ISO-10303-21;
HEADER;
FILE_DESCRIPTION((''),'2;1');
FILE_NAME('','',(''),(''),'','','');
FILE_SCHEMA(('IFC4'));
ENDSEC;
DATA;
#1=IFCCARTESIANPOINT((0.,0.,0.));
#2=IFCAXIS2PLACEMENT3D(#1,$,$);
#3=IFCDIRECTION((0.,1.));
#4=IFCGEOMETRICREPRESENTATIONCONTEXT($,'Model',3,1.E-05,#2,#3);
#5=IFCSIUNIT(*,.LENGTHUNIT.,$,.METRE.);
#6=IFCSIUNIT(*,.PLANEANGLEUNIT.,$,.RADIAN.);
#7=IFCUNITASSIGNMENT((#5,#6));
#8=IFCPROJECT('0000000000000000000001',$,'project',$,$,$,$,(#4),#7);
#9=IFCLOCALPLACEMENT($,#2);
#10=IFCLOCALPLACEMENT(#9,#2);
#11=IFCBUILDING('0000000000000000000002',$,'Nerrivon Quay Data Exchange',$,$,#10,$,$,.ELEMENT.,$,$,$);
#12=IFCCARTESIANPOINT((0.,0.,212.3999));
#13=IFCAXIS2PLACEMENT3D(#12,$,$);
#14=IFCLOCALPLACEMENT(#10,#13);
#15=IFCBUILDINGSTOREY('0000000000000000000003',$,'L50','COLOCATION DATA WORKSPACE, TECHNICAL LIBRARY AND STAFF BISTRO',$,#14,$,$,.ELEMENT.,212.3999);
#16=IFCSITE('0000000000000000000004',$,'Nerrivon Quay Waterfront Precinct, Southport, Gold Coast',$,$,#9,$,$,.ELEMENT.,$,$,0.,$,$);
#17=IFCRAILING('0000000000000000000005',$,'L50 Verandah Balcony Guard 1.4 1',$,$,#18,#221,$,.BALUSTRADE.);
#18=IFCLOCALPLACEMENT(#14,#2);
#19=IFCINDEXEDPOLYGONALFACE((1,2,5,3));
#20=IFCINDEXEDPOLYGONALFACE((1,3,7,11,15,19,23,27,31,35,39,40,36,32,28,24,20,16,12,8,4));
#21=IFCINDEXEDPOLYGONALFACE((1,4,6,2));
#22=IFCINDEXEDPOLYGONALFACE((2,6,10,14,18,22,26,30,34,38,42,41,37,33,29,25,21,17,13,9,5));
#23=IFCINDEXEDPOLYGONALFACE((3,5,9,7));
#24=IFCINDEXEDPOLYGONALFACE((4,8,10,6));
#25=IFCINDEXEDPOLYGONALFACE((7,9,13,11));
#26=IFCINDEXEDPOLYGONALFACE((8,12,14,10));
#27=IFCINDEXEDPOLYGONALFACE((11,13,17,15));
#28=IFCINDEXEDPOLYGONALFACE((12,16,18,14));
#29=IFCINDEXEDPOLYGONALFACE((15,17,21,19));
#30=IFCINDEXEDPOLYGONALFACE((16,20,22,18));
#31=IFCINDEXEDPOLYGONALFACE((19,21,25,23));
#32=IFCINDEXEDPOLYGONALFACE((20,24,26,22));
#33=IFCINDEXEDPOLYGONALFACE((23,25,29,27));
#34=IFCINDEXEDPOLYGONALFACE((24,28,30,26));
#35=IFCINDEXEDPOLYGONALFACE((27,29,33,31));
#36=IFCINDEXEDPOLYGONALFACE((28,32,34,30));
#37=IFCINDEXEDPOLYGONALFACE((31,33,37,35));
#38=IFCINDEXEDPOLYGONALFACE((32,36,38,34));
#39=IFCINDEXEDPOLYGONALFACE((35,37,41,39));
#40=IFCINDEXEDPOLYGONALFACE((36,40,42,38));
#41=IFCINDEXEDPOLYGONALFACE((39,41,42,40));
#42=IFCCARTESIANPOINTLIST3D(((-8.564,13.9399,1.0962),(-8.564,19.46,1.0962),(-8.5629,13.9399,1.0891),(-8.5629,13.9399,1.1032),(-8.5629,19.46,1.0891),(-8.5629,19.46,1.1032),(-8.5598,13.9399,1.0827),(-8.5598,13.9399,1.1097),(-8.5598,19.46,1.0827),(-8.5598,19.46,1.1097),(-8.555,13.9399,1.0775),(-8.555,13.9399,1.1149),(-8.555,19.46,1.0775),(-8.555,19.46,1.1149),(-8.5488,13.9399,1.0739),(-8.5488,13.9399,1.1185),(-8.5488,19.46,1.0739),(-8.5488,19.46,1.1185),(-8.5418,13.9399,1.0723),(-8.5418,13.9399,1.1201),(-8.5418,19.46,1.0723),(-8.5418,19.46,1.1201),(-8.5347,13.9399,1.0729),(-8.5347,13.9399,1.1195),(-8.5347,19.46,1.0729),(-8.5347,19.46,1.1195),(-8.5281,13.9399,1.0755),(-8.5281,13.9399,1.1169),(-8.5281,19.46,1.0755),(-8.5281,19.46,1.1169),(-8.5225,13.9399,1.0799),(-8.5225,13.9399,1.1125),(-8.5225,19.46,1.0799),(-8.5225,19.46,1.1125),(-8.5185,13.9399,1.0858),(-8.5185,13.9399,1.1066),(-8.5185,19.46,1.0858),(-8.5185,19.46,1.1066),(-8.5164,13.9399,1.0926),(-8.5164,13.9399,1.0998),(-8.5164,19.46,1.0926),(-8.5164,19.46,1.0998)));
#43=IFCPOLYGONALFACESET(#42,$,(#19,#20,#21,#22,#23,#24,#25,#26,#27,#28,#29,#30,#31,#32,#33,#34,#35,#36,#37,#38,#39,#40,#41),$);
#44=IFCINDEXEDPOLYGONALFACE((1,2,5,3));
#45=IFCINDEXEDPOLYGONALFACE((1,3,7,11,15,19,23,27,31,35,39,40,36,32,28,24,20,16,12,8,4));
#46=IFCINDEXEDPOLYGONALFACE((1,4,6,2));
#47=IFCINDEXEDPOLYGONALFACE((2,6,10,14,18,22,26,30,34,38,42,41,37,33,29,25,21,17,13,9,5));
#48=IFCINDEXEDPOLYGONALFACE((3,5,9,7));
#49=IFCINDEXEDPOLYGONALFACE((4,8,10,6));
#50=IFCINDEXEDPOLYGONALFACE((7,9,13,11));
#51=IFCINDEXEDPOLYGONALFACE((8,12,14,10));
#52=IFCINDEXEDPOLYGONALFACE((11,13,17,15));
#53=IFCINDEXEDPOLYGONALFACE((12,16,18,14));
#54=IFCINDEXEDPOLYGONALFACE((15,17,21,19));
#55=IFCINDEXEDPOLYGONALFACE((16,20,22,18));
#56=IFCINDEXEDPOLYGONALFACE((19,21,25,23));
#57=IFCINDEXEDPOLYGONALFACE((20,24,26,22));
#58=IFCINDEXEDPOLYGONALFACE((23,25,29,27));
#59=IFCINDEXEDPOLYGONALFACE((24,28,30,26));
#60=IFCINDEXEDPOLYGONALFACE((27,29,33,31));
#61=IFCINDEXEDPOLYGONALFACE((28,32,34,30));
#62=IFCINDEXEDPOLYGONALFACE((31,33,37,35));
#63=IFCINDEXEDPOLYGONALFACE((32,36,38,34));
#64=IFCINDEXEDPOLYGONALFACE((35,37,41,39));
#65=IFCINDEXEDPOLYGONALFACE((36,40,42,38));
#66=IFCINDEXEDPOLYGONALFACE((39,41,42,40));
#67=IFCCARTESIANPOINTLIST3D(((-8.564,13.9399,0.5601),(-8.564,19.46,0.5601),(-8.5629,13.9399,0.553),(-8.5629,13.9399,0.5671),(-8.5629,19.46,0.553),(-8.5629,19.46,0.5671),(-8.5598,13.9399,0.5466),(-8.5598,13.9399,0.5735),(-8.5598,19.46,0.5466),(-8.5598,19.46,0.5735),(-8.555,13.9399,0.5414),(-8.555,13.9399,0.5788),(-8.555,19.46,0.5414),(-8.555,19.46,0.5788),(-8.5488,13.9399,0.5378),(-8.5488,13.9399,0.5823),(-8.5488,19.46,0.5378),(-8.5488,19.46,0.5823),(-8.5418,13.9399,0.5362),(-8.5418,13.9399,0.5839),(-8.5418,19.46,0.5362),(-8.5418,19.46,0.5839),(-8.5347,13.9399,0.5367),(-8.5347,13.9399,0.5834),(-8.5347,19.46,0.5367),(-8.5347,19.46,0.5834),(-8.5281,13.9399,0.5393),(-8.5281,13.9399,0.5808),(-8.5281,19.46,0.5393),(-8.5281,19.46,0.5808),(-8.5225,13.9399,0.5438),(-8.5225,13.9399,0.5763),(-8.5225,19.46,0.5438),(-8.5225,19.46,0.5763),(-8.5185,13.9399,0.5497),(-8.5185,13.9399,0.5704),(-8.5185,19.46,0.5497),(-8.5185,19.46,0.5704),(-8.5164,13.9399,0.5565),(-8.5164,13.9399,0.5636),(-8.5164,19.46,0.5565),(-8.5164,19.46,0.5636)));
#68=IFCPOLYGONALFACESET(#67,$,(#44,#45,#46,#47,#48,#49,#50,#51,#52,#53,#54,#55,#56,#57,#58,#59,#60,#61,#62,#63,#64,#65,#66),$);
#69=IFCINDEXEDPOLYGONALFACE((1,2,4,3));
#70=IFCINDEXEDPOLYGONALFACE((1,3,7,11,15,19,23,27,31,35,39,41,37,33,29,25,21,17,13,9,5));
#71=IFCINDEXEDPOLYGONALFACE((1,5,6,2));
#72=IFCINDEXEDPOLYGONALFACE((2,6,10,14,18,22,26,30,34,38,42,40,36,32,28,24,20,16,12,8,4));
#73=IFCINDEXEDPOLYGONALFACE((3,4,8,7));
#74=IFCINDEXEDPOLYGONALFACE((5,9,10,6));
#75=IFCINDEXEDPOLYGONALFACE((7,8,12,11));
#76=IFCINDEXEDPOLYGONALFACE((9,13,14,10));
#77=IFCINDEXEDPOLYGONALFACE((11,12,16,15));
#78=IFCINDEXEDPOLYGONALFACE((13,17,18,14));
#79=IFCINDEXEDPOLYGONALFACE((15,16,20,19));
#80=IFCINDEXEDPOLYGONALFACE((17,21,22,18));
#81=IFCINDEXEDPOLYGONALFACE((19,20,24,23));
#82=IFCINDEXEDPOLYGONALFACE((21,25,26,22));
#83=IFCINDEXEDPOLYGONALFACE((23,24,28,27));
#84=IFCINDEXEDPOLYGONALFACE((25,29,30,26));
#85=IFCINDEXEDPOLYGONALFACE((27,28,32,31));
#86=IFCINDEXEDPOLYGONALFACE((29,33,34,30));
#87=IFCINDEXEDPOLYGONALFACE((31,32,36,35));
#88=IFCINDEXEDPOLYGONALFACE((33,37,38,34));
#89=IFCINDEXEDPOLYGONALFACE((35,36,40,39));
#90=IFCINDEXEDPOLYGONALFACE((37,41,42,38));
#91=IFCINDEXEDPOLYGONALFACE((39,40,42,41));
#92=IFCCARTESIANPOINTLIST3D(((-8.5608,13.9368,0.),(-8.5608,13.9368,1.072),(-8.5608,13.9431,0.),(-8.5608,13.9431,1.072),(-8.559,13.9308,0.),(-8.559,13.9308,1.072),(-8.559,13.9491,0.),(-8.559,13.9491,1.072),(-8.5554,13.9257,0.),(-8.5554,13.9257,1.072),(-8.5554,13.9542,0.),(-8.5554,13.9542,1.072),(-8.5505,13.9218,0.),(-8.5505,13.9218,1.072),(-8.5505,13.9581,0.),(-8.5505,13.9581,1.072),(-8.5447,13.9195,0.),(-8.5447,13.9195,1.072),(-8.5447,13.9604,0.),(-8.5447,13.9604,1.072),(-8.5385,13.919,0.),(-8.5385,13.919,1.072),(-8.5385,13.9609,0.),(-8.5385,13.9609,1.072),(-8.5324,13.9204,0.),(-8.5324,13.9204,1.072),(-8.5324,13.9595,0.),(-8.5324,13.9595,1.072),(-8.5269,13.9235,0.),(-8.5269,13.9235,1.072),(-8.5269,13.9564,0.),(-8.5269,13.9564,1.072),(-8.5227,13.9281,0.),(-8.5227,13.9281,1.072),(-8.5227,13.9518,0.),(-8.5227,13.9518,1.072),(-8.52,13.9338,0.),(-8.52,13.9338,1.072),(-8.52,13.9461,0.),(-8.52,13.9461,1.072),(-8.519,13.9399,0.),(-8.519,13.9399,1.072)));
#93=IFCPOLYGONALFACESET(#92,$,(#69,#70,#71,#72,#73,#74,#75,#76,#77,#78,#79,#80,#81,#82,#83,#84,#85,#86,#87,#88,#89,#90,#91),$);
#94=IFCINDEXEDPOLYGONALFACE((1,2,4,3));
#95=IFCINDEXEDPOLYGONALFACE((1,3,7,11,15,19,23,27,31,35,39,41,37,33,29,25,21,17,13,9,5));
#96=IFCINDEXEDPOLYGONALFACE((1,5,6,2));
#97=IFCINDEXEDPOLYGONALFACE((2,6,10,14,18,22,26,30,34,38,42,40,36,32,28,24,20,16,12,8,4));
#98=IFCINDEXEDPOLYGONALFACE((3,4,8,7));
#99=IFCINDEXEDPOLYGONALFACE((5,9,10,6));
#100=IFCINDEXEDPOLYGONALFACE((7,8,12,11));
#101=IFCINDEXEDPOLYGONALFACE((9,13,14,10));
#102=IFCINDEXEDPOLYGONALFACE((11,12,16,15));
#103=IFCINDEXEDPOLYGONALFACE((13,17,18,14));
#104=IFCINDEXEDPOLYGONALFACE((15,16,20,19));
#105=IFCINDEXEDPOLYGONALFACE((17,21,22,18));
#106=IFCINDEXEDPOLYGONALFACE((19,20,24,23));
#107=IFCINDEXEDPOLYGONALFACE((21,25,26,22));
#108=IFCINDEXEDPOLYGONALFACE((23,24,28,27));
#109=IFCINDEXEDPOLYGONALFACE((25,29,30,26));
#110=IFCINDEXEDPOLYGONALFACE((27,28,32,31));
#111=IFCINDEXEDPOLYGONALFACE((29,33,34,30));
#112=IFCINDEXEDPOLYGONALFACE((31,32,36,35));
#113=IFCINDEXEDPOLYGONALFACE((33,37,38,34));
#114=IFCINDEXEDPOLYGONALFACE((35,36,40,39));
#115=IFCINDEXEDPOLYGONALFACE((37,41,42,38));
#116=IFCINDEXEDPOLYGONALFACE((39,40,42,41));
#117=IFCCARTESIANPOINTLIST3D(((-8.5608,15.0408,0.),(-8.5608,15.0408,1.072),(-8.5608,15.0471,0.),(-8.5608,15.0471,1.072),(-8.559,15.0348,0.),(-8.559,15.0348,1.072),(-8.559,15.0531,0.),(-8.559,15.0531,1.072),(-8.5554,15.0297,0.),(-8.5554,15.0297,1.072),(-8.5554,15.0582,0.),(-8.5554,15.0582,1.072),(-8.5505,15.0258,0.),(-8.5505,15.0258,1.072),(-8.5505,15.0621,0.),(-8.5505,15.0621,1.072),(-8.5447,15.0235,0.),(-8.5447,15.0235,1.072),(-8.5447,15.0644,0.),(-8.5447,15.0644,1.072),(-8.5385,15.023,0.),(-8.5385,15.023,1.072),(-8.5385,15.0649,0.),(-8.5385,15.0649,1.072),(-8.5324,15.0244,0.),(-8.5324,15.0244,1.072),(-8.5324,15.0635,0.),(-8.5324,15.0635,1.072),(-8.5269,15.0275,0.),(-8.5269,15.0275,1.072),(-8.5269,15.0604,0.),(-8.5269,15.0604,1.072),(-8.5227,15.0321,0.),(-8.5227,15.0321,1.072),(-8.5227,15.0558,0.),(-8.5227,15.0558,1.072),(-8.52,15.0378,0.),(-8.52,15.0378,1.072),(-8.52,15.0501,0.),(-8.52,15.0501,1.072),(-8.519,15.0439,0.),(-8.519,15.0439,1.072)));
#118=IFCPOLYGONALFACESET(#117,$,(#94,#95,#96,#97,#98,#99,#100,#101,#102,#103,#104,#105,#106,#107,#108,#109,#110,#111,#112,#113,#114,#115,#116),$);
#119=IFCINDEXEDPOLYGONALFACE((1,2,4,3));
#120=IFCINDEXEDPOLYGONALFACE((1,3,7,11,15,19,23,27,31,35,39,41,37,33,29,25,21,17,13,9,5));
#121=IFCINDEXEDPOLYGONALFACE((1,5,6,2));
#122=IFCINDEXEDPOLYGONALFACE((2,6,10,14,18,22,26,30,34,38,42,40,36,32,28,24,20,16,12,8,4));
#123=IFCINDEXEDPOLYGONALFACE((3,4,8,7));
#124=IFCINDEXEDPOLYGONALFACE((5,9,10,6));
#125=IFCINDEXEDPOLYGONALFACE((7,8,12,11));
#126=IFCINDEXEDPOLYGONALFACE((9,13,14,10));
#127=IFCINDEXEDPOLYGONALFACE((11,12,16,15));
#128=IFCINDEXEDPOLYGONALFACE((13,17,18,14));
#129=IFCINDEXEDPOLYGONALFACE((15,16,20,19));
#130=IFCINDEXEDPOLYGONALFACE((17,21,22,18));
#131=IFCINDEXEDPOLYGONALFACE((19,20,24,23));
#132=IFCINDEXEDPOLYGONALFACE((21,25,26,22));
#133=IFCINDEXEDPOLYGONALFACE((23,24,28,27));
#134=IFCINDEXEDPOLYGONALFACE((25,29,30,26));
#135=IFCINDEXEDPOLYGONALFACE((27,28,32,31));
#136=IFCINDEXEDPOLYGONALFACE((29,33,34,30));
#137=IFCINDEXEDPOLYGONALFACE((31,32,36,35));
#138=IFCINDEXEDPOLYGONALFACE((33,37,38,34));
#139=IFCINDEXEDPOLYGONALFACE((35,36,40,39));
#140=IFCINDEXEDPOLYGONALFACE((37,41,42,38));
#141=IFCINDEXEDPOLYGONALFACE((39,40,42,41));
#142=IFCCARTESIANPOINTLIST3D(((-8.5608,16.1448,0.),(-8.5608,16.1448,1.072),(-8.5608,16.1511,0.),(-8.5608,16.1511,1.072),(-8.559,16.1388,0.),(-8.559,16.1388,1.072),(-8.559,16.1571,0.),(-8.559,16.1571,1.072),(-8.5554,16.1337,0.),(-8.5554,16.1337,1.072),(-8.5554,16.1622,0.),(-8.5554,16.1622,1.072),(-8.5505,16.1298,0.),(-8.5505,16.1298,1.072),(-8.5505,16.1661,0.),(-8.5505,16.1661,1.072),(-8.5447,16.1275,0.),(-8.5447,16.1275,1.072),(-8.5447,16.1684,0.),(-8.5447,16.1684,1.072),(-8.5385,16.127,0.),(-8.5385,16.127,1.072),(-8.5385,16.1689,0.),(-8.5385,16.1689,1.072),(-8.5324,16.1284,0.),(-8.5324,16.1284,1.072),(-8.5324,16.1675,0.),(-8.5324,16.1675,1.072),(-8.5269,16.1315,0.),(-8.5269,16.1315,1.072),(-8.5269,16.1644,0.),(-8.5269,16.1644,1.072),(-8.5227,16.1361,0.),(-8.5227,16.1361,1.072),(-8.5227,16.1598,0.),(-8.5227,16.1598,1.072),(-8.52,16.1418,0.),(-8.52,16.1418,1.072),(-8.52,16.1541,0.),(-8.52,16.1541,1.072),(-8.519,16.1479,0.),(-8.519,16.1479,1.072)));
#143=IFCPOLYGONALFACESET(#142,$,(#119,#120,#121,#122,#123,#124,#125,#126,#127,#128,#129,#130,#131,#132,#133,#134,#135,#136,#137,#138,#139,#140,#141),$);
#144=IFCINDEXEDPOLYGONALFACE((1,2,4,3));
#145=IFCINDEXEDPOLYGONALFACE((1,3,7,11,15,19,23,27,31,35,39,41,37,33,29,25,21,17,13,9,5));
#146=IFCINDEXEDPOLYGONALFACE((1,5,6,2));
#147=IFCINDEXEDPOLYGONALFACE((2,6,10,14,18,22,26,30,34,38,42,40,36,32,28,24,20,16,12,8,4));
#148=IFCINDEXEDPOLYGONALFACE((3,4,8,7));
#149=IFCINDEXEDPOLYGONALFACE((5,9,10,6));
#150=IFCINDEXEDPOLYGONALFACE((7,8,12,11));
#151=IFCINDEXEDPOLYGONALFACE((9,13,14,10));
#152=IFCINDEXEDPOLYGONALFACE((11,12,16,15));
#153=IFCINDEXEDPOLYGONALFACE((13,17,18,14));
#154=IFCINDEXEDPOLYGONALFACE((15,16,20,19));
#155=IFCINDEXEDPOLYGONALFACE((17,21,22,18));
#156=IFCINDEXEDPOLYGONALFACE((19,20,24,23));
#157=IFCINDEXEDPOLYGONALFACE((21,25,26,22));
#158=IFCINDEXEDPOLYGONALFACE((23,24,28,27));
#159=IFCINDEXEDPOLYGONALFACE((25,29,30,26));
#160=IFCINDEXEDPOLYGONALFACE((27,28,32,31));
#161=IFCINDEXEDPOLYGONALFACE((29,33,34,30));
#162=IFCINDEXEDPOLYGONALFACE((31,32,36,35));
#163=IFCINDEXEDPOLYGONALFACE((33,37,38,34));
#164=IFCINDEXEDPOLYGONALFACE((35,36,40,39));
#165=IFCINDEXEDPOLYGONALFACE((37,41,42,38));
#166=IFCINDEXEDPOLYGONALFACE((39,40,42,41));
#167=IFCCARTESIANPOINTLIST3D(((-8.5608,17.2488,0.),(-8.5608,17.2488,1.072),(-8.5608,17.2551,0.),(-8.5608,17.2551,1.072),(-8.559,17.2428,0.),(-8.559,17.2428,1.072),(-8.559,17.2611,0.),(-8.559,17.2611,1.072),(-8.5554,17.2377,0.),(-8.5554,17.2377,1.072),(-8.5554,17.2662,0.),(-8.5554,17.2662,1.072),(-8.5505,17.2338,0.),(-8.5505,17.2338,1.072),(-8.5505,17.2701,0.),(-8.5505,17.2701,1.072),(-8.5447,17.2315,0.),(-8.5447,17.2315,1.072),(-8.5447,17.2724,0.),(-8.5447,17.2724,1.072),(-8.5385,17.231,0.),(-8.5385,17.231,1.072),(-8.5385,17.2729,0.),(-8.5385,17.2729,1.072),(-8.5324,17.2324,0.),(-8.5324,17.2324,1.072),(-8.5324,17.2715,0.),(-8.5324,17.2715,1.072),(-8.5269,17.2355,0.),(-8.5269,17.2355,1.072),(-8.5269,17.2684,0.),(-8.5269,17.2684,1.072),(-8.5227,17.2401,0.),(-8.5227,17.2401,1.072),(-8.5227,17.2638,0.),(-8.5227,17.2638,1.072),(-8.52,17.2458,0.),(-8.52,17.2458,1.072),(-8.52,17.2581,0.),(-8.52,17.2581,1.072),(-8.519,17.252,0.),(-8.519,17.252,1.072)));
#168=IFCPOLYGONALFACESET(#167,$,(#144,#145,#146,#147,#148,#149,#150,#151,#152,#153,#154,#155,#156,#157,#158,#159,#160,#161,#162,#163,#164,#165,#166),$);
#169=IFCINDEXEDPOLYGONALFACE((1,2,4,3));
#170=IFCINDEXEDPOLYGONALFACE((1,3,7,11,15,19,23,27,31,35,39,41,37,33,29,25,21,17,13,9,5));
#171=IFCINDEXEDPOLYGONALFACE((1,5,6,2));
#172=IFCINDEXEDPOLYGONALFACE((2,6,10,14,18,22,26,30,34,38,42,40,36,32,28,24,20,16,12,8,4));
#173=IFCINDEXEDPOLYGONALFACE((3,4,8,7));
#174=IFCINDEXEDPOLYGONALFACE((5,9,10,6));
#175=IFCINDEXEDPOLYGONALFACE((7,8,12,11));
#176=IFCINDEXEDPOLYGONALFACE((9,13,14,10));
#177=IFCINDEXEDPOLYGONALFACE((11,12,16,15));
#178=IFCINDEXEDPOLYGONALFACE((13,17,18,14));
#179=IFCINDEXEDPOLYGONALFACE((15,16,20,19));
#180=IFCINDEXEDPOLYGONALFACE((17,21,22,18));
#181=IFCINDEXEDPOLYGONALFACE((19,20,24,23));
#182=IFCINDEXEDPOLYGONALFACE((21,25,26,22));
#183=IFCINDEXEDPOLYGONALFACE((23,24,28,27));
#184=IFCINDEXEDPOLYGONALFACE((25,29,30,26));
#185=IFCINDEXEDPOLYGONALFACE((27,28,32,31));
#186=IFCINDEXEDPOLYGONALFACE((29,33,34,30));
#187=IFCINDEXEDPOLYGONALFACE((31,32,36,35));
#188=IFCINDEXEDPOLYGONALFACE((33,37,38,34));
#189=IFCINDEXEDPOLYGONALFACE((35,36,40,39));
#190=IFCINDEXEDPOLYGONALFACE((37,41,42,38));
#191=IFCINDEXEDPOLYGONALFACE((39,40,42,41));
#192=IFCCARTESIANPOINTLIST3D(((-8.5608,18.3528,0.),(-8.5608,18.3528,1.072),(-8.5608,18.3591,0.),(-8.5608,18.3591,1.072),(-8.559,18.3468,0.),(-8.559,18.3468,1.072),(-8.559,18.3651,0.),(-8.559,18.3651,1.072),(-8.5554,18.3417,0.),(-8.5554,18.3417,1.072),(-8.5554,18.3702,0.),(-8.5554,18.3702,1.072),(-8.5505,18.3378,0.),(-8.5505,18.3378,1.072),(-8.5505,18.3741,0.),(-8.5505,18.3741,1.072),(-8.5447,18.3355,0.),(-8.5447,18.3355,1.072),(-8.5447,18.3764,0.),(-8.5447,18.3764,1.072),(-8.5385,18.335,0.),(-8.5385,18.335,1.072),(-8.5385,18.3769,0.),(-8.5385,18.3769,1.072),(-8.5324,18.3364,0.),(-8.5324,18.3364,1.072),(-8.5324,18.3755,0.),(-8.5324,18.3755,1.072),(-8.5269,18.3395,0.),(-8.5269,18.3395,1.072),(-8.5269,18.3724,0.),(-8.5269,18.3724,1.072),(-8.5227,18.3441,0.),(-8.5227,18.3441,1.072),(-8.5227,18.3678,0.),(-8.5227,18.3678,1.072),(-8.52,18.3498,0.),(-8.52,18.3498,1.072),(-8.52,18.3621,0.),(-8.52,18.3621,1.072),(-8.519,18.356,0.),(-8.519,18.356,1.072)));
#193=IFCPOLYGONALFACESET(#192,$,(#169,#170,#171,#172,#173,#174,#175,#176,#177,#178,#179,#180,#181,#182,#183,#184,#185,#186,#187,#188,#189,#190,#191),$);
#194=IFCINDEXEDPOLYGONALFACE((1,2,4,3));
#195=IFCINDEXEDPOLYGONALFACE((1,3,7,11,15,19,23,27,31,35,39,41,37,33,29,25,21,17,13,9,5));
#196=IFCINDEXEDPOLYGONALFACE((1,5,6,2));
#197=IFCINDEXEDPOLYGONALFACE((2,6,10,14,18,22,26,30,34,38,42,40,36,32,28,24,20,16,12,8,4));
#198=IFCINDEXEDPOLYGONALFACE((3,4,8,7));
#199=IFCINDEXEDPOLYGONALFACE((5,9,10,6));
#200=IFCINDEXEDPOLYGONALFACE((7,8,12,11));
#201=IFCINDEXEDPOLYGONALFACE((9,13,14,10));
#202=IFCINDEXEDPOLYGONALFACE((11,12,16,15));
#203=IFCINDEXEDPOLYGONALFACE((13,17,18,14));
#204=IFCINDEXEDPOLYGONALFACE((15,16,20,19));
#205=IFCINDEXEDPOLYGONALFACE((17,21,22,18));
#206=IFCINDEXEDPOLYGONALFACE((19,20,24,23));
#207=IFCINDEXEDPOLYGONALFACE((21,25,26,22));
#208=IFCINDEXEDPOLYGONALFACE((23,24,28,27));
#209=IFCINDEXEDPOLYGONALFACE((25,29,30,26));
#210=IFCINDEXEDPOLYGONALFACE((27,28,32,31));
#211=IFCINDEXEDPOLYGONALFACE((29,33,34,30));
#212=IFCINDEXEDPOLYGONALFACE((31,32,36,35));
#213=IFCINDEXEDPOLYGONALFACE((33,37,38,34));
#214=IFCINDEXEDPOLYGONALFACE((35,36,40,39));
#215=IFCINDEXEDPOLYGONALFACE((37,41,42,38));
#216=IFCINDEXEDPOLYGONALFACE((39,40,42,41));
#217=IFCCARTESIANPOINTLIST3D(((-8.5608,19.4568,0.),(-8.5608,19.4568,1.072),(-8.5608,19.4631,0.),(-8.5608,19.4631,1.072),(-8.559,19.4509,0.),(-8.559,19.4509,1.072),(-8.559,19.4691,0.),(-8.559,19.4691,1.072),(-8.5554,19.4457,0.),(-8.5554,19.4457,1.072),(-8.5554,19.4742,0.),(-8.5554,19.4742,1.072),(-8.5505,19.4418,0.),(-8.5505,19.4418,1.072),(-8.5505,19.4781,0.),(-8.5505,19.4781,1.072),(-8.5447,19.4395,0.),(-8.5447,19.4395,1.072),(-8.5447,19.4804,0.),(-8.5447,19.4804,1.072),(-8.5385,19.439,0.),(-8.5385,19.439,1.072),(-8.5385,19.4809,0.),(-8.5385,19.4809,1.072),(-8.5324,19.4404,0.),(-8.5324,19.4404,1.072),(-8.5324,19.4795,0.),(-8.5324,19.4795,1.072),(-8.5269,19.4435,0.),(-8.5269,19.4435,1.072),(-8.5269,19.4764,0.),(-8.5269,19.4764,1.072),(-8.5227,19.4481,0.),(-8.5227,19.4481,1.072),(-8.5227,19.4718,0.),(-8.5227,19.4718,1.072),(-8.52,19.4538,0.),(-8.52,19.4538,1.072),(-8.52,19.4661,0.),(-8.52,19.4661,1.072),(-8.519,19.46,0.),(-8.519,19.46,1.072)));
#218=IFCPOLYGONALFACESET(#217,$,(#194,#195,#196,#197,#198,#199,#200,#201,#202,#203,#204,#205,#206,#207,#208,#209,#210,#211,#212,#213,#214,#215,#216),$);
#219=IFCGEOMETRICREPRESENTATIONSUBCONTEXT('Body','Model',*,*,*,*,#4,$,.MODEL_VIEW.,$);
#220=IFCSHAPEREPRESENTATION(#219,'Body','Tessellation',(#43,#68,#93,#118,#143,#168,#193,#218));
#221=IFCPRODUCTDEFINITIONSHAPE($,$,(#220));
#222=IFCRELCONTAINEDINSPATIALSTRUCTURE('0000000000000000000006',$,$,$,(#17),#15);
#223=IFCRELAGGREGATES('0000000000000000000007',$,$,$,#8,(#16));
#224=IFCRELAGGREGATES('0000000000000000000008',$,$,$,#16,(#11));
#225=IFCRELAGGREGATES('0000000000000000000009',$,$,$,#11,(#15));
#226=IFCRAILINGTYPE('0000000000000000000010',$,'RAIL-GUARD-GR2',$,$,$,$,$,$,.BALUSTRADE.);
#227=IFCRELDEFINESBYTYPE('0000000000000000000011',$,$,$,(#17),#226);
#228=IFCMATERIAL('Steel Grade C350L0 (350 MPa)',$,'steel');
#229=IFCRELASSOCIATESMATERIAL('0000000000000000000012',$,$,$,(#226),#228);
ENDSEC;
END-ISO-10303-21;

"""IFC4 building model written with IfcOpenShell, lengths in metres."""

from ifc_helpers import new_model, si_unit, direction, frame, origin, origin_2d, place, context, subcontext, project, spatial, circle, extrude, material, type_object, element, save


model = new_model("IFC4")

# Units and contexts
model_context = context("Model", 3, precision=1e-05, world=origin(), true_north=direction((0.0, 1.0)))
body_context = subcontext(model_context, "Body", "Model", "MODEL_VIEW")
ifc_project = project(units=[si_unit("LENGTHUNIT", "METRE"), si_unit("PLANEANGLEUNIT", "RADIAN")], contexts=[model_context])

# Site, building, storey
site_placement = place(None, origin())
site = spatial("IfcSite", under=ifc_project, at=site_placement, Name="Nerrivon Quay Waterfront Precinct, Southport, Gold Coast", CompositionType="ELEMENT", RefElevation=0.0)
building_placement = place(site_placement, origin())
building = spatial("IfcBuilding", under=site, at=building_placement, Name="Nerrivon Quay Data Exchange", CompositionType="ELEMENT")
storey_placement = place(building_placement, frame((0.0, 0.0, 212.3999)))
storey = spatial("IfcBuildingStorey", under=building, at=storey_placement, Name="L50", Description="COLOCATION DATA WORKSPACE, TECHNICAL LIBRARY AND STAFF BISTRO", CompositionType="ELEMENT", Elevation=212.3999)

# Railing
ifc_material_1 = material(Name="Steel Grade C350L0 (350 MPa)", Category="steel")
railing_type = type_object("IfcRailingType", Name="RAIL-GUARD-GR2", PredefinedType="BALUSTRADE", material=ifc_material_1)
railing_1_placement = place(storey_placement, frame((-8.54, 13.9399, 0.0)))
element("IfcRailing", 1, at=railing_1_placement, inside=storey, type_object=railing_type, Name="L50 Verandah Balcony Guard 1.4 1", PredefinedType="BALUSTRADE", context=body_context, shape_type="SweptSolid", body=[
    extrude(circle(Radius=0.0239, at=origin_2d()), frame((0.0, 0.0, 1.0962), z_axis=(0.0, 1.0, 0.0), x_axis=(-1.0, 0.0, 0.0)), (0.0, 0.0, 1.0), 5.52),
    extrude(circle(Radius=0.0239, at=origin_2d()), frame((0.0, 0.0, 0.5601), z_axis=(0.0, 1.0, 0.0), x_axis=(-1.0, 0.0, 0.0)), (0.0, 0.0, 1.0), 5.52),
    extrude(circle(Radius=0.021, at=origin_2d()), origin(), (0.0, 0.0, 1.0), 1.072),
    extrude(circle(Radius=0.021, at=origin_2d()), frame((0.0, 1.104, 0.0)), (0.0, 0.0, 1.0), 1.072),
    extrude(circle(Radius=0.021, at=origin_2d()), frame((0.0, 2.208, 0.0)), (0.0, 0.0, 1.0), 1.072),
    extrude(circle(Radius=0.021, at=origin_2d()), frame((0.0, 3.312, 0.0)), (0.0, 0.0, 1.0), 1.072),
    extrude(circle(Radius=0.021, at=origin_2d()), frame((0.0, 4.416, 0.0)), (0.0, 0.0, 1.0), 1.072),
    extrude(circle(Radius=0.021, at=origin_2d()), frame((0.0, 5.52, 0.0)), (0.0, 0.0, 1.0), 1.072),
])

save(model, "model.ifc")
